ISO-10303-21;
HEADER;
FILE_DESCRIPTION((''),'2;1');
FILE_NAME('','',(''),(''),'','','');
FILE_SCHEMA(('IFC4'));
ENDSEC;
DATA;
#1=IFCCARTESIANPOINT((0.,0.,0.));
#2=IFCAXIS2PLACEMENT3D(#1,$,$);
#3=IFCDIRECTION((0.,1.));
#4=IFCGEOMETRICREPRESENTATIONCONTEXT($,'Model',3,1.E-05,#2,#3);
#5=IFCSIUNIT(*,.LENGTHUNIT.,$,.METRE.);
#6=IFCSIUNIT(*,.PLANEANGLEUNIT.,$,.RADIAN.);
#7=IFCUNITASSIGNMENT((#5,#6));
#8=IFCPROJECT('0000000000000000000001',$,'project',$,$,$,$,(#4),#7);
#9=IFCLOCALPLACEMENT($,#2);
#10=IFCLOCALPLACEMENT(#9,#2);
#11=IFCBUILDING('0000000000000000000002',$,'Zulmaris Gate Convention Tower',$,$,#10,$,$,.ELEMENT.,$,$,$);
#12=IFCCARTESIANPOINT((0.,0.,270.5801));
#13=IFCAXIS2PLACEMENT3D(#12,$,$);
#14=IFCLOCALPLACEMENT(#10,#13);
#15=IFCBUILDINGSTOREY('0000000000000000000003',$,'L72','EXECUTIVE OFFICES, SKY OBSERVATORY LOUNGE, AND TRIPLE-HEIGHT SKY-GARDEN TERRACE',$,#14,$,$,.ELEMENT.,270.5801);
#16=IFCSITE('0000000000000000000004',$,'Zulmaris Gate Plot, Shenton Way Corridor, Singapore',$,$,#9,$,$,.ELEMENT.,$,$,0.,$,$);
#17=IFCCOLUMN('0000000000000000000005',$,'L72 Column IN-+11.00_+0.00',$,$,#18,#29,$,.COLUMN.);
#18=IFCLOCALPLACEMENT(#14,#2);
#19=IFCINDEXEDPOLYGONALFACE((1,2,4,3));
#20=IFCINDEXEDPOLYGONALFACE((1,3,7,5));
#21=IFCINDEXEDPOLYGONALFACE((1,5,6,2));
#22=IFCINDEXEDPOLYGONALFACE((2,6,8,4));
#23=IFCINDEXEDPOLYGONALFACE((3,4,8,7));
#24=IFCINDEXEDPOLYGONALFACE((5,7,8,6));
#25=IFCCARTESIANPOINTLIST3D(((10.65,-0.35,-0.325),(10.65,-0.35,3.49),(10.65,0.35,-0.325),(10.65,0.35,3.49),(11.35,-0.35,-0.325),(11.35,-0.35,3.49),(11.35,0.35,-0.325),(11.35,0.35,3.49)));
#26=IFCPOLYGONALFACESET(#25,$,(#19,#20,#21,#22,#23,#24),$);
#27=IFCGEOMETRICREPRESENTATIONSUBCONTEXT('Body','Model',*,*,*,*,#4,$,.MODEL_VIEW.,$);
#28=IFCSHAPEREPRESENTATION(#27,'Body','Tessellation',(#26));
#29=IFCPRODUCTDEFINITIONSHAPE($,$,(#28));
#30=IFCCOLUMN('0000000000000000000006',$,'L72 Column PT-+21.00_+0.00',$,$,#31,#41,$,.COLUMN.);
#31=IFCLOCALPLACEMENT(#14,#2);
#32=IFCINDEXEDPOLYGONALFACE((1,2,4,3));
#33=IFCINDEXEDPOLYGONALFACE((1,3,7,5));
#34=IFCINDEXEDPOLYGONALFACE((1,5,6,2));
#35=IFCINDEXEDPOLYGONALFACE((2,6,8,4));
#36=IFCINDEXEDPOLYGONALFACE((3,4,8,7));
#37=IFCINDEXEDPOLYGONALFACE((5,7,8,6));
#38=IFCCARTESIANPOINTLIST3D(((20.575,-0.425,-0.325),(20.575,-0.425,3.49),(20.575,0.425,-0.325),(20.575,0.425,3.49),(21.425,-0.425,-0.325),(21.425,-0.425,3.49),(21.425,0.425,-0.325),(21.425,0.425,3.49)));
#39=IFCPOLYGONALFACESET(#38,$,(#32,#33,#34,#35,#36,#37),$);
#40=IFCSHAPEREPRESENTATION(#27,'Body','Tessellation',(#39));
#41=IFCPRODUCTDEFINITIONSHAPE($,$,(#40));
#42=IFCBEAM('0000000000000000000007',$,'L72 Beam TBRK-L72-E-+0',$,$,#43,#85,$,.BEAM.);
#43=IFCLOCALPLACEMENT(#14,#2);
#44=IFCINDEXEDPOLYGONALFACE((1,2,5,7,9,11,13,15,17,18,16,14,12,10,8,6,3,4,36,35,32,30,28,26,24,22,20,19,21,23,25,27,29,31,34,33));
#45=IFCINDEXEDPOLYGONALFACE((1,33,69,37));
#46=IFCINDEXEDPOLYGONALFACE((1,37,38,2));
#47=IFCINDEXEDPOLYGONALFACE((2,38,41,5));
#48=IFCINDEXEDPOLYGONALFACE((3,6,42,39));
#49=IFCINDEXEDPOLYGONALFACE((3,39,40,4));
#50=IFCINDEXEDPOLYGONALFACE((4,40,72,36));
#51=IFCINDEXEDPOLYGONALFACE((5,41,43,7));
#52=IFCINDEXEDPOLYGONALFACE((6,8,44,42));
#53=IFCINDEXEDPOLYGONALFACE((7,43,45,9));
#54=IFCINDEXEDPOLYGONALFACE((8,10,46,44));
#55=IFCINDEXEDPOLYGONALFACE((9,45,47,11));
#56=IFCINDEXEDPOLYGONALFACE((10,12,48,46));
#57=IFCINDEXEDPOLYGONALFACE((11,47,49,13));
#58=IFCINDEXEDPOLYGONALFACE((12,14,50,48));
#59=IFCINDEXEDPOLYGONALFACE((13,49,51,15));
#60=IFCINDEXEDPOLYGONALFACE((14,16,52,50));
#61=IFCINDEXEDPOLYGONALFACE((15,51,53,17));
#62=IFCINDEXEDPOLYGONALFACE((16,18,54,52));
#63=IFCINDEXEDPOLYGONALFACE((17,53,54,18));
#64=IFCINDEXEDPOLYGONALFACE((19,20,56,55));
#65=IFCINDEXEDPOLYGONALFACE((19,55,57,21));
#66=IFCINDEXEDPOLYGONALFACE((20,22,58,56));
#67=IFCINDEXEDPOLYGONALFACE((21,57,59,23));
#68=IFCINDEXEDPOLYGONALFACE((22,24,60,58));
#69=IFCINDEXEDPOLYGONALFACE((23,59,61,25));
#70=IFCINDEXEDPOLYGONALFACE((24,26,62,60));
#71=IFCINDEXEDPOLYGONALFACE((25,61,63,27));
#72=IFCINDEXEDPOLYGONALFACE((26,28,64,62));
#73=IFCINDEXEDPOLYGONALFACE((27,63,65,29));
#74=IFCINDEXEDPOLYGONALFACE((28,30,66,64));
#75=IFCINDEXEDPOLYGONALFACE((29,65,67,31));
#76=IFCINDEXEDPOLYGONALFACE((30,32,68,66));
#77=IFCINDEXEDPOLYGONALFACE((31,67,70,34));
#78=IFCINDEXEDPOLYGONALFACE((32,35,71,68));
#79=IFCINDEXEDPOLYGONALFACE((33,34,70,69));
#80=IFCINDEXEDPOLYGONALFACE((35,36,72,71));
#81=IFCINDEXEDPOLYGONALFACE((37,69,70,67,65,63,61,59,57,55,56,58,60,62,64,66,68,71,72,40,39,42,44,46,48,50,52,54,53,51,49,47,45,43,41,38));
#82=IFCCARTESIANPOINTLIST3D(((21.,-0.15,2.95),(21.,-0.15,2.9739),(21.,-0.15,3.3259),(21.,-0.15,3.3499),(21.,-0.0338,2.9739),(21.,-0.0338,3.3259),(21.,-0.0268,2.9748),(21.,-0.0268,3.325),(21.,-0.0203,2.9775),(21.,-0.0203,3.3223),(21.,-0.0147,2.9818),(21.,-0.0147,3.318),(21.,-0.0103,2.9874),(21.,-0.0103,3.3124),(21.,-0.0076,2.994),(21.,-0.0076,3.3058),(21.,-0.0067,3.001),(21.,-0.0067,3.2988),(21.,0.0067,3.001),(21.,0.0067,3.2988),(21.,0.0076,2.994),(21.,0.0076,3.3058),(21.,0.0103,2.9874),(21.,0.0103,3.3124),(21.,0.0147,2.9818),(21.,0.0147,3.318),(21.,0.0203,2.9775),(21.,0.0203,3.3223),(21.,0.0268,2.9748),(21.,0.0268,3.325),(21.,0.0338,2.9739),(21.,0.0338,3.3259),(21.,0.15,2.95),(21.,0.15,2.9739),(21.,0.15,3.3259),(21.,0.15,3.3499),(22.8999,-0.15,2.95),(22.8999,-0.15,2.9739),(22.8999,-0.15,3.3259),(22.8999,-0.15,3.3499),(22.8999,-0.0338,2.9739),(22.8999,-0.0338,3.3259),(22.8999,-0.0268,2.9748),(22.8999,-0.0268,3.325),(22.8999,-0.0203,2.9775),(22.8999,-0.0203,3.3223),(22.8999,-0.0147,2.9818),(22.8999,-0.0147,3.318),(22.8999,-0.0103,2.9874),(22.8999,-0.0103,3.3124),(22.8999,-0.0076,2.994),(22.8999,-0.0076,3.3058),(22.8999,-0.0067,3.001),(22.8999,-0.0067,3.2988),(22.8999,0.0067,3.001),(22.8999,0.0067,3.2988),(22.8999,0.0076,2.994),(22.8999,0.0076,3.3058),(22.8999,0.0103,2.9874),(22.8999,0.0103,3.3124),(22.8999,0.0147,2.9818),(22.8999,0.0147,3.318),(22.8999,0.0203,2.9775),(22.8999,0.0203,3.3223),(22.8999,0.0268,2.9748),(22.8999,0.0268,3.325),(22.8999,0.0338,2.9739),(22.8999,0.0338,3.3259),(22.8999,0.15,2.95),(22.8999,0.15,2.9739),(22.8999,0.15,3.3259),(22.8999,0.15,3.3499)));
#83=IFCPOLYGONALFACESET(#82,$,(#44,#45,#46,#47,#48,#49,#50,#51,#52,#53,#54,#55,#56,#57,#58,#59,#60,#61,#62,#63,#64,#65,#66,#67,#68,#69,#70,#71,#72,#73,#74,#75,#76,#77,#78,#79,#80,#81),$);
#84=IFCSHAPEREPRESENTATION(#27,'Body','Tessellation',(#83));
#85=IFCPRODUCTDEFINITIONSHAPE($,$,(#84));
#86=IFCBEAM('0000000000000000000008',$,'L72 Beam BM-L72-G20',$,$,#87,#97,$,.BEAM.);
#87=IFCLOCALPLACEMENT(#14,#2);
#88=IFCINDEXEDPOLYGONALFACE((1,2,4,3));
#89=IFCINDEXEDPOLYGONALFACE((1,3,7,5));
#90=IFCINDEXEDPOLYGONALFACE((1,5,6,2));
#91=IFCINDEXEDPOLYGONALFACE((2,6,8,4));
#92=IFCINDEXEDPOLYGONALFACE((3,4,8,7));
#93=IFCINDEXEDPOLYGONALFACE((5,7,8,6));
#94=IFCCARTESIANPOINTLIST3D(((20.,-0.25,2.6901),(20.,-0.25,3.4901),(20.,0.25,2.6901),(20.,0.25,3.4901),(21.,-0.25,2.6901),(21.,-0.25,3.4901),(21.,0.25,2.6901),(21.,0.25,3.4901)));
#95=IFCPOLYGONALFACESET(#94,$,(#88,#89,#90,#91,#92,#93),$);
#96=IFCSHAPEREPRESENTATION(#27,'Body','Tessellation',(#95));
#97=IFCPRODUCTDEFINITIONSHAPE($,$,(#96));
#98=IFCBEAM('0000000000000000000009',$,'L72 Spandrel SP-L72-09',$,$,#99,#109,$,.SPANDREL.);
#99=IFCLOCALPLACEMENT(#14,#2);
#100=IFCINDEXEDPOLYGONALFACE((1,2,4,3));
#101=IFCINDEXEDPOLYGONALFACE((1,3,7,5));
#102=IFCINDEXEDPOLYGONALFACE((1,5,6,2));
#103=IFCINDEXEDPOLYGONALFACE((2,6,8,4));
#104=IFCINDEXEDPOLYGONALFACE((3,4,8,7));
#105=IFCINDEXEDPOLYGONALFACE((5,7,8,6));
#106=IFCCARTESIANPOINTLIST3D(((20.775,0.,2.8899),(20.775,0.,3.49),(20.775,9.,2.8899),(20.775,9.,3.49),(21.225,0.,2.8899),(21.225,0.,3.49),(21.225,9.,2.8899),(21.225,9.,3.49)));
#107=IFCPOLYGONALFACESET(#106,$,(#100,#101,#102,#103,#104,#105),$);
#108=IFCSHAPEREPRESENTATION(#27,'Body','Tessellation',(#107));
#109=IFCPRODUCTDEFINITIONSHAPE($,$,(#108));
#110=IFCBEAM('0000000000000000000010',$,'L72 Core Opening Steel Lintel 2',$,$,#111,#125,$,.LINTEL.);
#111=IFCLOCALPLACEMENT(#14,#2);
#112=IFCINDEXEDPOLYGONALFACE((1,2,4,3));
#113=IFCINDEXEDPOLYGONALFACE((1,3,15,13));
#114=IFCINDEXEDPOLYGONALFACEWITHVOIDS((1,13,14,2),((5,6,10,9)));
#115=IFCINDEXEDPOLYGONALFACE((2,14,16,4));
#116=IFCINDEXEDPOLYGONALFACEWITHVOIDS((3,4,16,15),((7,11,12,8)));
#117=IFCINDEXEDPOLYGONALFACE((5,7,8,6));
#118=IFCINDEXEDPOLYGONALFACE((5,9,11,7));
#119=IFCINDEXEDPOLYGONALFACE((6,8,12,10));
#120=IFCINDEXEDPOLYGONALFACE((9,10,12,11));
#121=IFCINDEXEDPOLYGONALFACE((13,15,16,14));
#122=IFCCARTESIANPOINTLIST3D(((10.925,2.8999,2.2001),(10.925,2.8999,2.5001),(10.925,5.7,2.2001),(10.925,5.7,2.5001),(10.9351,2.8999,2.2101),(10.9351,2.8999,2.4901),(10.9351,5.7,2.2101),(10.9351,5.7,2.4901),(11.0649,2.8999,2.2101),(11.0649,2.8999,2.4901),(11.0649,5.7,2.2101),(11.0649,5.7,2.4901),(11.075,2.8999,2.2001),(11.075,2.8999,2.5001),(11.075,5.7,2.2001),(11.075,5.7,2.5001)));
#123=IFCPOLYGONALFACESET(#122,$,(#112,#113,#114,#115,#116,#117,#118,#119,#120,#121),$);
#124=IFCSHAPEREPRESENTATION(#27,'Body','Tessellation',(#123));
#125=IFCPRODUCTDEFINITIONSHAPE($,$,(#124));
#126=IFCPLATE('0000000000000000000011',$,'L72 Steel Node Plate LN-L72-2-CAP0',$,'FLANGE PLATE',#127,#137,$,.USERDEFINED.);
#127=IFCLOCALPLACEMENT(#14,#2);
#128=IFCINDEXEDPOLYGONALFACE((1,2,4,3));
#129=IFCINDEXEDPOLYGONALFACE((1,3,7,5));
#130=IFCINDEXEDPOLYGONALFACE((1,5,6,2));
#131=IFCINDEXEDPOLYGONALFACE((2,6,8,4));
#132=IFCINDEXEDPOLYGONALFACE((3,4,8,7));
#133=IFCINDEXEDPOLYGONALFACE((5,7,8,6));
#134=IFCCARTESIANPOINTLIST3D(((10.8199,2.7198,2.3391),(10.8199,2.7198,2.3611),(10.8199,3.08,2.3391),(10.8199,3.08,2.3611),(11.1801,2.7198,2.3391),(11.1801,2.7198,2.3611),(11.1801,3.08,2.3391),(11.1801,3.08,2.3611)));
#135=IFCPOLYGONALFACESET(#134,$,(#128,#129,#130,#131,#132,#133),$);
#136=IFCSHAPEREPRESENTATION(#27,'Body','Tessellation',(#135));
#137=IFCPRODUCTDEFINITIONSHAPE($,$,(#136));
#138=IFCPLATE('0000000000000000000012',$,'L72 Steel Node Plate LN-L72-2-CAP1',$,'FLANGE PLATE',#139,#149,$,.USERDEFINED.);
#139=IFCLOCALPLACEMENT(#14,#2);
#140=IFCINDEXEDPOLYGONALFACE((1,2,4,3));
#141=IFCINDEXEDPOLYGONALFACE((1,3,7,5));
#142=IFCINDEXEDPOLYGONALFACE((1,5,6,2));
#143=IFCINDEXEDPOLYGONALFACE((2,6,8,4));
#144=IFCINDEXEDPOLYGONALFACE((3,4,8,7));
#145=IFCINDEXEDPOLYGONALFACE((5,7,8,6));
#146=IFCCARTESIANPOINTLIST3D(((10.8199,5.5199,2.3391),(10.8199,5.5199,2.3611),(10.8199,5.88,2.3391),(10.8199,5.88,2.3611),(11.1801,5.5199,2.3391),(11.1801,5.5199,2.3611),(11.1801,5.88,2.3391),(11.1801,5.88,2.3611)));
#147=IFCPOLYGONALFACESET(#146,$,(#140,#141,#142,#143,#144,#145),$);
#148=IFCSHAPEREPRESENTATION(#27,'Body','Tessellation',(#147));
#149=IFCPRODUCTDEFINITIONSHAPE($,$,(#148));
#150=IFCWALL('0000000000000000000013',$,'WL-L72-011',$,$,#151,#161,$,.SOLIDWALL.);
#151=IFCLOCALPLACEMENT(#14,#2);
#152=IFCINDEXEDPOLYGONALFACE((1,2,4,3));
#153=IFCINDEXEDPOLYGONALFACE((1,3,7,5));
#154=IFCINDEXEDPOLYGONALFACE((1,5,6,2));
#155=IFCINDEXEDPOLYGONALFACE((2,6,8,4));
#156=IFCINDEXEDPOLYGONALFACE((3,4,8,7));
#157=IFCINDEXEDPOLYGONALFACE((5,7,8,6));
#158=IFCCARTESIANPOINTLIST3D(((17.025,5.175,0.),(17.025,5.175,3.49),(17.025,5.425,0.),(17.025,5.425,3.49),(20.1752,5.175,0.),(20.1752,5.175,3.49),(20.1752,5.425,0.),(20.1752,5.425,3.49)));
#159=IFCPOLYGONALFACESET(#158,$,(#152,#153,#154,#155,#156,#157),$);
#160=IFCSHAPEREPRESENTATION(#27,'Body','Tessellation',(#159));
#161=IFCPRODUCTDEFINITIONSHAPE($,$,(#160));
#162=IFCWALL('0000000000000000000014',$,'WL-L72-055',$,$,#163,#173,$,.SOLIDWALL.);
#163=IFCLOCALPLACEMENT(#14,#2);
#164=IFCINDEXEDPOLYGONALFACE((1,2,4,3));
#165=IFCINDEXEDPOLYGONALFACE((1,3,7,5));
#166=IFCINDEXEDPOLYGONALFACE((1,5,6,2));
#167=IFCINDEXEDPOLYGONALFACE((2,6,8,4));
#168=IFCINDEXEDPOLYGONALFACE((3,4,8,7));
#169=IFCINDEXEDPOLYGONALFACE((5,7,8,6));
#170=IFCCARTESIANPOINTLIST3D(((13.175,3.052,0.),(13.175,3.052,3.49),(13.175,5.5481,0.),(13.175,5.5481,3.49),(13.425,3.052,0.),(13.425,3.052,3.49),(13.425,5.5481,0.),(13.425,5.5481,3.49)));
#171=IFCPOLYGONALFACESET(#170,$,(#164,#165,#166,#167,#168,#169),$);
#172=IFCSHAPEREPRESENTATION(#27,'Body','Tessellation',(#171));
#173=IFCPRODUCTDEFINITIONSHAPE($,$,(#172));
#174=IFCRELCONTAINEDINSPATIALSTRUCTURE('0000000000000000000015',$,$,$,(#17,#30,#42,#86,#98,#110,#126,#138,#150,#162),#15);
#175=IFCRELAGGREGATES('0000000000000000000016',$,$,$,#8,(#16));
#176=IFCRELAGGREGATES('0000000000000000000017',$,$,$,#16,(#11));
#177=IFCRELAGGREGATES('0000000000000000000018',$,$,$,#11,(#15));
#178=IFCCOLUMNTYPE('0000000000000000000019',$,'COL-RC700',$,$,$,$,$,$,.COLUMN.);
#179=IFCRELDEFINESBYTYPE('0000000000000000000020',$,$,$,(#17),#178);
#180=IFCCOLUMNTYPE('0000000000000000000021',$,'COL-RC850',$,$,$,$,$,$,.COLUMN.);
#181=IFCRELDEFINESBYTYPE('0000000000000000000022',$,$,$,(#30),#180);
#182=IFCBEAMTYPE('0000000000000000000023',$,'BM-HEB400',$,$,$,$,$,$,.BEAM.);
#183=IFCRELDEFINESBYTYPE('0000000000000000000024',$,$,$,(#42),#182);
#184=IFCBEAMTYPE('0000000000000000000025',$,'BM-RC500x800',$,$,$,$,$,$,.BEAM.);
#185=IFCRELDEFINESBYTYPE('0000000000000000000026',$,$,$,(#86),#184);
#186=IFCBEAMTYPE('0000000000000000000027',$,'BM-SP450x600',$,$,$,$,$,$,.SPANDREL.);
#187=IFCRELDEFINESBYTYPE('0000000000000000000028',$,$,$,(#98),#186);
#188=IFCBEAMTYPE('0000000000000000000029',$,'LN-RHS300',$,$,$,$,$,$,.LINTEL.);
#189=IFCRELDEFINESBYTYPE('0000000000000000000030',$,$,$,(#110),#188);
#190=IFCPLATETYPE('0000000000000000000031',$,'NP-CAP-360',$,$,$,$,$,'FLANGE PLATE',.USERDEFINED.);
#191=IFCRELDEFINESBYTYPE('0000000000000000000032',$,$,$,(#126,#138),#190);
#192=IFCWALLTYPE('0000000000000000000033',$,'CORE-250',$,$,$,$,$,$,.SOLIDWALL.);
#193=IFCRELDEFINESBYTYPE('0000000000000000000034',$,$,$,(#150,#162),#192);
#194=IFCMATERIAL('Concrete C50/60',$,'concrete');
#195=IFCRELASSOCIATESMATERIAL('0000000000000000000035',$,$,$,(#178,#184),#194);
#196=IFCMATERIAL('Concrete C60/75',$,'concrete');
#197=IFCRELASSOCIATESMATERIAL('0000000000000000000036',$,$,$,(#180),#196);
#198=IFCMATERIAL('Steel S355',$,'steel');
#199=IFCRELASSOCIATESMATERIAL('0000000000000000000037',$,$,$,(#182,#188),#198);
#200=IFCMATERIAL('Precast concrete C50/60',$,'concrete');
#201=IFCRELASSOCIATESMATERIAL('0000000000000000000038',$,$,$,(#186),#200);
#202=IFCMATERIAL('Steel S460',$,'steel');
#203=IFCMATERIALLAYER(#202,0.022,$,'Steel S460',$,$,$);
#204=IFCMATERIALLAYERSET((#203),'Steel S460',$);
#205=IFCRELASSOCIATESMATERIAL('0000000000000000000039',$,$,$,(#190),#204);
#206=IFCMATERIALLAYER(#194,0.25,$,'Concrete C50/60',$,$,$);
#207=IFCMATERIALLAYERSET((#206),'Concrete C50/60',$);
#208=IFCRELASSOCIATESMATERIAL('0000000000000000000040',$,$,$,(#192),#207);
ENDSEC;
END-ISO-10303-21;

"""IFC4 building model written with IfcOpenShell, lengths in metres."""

from ifc_helpers import new_model, si_unit, direction, frame, frame_2d, origin, origin_2d, place, context, subcontext, project, spatial, rectangle, hollow_rectangle, i_section, extrude, material, layer, layer_set, material_profile, profile_set, type_object, element, save


model = new_model("IFC4")

# Units and contexts
model_context = context("Model", 3, precision=1e-05, world=origin(), true_north=direction((0.0, 1.0)))
body_context = subcontext(model_context, "Body", "Model", "MODEL_VIEW")
ifc_project = project(units=[si_unit("LENGTHUNIT", "METRE"), si_unit("PLANEANGLEUNIT", "RADIAN")], contexts=[model_context])

# Site, building, storey
site_placement = place(None, origin())
site = spatial("IfcSite", under=ifc_project, at=site_placement, Name="Zulmaris Gate Plot, Shenton Way Corridor, Singapore", CompositionType="ELEMENT", RefElevation=0.0)
building_placement = place(site_placement, origin())
building = spatial("IfcBuilding", under=site, at=building_placement, Name="Zulmaris Gate Convention Tower", CompositionType="ELEMENT")
storey_placement = place(building_placement, frame((0.0, 0.0, 270.5801)))
storey = spatial("IfcBuildingStorey", under=building, at=storey_placement, Name="L72", Description="EXECUTIVE OFFICES, SKY OBSERVATORY LOUNGE, AND TRIPLE-HEIGHT SKY-GARDEN TERRACE", CompositionType="ELEMENT", Elevation=270.5801)

# Columns
ifc_material_1 = material(Name="Concrete C50/60", Category="concrete")
ifc_material_profile_1 = material_profile(ifc_material_1, rectangle(XDim=0.7, YDim=0.7, at=origin_2d()), Name="RC COL 700x700")
ifc_profile_set_1 = profile_set([ifc_material_profile_1], Name="Concrete C50/60")
column_type_1 = type_object("IfcColumnType", Name="COL-RC700", PredefinedType="COLUMN", material=ifc_profile_set_1)
column_1_placement = place(storey_placement, frame((11.0, 0.0, -0.325), z_axis=(0.0, 0.0, 1.0), x_axis=(1.0, 0.0, 0.0)))
element("IfcColumn", 1, at=column_1_placement, inside=storey, type_object=column_type_1, Name="L72 Column IN-+11.00_+0.00", PredefinedType="COLUMN", context=body_context, shape_type="SweptSolid", body=[
    extrude(rectangle(XDim=0.7, YDim=0.7, at=origin_2d()), origin(), (0.0, 0.0, 1.0), 3.8149),
])
ifc_material_2 = material(Name="Concrete C60/75", Category="concrete")
ifc_material_profile_2 = material_profile(ifc_material_2, rectangle(XDim=0.8501, YDim=0.8501, at=origin_2d()), Name="RC COL 850x850")
ifc_profile_set_2 = profile_set([ifc_material_profile_2], Name="Concrete C60/75")
column_type_2 = type_object("IfcColumnType", Name="COL-RC850", PredefinedType="COLUMN", material=ifc_profile_set_2)
column_2_placement = place(storey_placement, frame((21.0, 0.0, -0.325), z_axis=(0.0, 0.0, 1.0), x_axis=(1.0, 0.0, 0.0)))
element("IfcColumn", 2, at=column_2_placement, inside=storey, type_object=column_type_2, Name="L72 Column PT-+21.00_+0.00", PredefinedType="COLUMN", context=body_context, shape_type="SweptSolid", body=[
    extrude(rectangle(XDim=0.8501, YDim=0.8501, at=origin_2d()), origin(), (0.0, 0.0, 1.0), 3.8149),
])

# Beams
ifc_material_3 = material(Name="Steel S355", Category="steel")
ifc_material_profile_3 = material_profile(ifc_material_3, i_section(OverallWidth=0.3, OverallDepth=0.3999, WebThickness=0.0134, FlangeThickness=0.0239, FilletRadius=0.0271, at=origin_2d()), Name="HEB 400")
ifc_profile_set_3 = profile_set([ifc_material_profile_3], Name="Steel S355")
beam_type_1 = type_object("IfcBeamType", Name="BM-HEB400", PredefinedType="BEAM", material=ifc_profile_set_3)
beam_1_placement = place(storey_placement, frame((21.0, 0.0, 3.1499), z_axis=(1.0, 0.0, 0.0), x_axis=(0.0, 1.0, 0.0)))
element("IfcBeam", 3, at=beam_1_placement, inside=storey, type_object=beam_type_1, Name="L72 Beam TBRK-L72-E-+0", PredefinedType="BEAM", context=body_context, shape_type="SweptSolid", body=[
    extrude(i_section(OverallWidth=0.3, OverallDepth=0.3999, WebThickness=0.0134, FlangeThickness=0.0239, FilletRadius=0.0271, at=origin_2d()), origin(), (0.0, 0.0, 1.0), 1.8999),
])
ifc_material_profile_4 = material_profile(ifc_material_1, rectangle(XDim=0.5, YDim=0.8, at=origin_2d()), Name="RC BEAM 500x800")
ifc_profile_set_4 = profile_set([ifc_material_profile_4], Name="Concrete C50/60")
beam_type_2 = type_object("IfcBeamType", Name="BM-RC500x800", PredefinedType="BEAM", material=ifc_profile_set_4)
beam_2_placement = place(storey_placement, frame((20.0, 0.0, 3.0901), z_axis=(1.0, 0.0, 0.0), x_axis=(0.0, 1.0, 0.0)))
element("IfcBeam", 4, at=beam_2_placement, inside=storey, type_object=beam_type_2, Name="L72 Beam BM-L72-G20", PredefinedType="BEAM", context=body_context, shape_type="SweptSolid", body=[
    extrude(rectangle(XDim=0.5, YDim=0.8, at=origin_2d()), origin(), (0.0, 0.0, 1.0), 1.0),
])
ifc_material_4 = material(Name="Precast concrete C50/60", Category="concrete")
ifc_material_profile_5 = material_profile(ifc_material_4, rectangle(XDim=0.45, YDim=0.6001, at=origin_2d()), Name="RC SPANDREL 450x600")
ifc_profile_set_5 = profile_set([ifc_material_profile_5], Name="Precast concrete C50/60")
beam_type_3 = type_object("IfcBeamType", Name="BM-SP450x600", PredefinedType="SPANDREL", material=ifc_profile_set_5)
beam_3_placement = place(storey_placement, frame((21.0, 0.0, 3.1899), z_axis=(0.0, 1.0, 0.0), x_axis=(-1.0, 0.0, 0.0)))
element("IfcBeam", 5, at=beam_3_placement, inside=storey, type_object=beam_type_3, Name="L72 Spandrel SP-L72-09", PredefinedType="SPANDREL", context=body_context, shape_type="SweptSolid", body=[
    extrude(rectangle(XDim=0.45, YDim=0.6001, at=origin_2d()), origin(), (0.0, 0.0, 1.0), 9.0),
])
ifc_material_profile_6 = material_profile(ifc_material_3, hollow_rectangle(XDim=0.1499, YDim=0.3, WallThickness=0.01, at=origin_2d()), Name="RHS 300x150x10")
ifc_profile_set_6 = profile_set([ifc_material_profile_6], Name="Steel S355")
beam_type_4 = type_object("IfcBeamType", Name="LN-RHS300", PredefinedType="LINTEL", material=ifc_profile_set_6)
beam_4_placement = place(storey_placement, frame((11.0, 2.8999, 2.3501), z_axis=(0.0, 1.0, 0.0), x_axis=(-1.0, 0.0, 0.0)))
element("IfcBeam", 6, at=beam_4_placement, inside=storey, type_object=beam_type_4, Name="L72 Core Opening Steel Lintel 2", PredefinedType="LINTEL", context=body_context, shape_type="SweptSolid", body=[
    extrude(hollow_rectangle(XDim=0.1499, YDim=0.3, WallThickness=0.01, at=origin_2d()), origin(), (0.0, 0.0, 1.0), 2.8),
])

# Plates
ifc_material_5 = material(Name="Steel S460", Category="steel")
ifc_layer_1 = layer(ifc_material_5, 0.022, Name="Steel S460")
ifc_layer_set_1 = layer_set([ifc_layer_1], Name="Steel S460")
plate_type = type_object("IfcPlateType", Name="NP-CAP-360", ElementType="FLANGE PLATE", PredefinedType="USERDEFINED", material=ifc_layer_set_1)
for number, where, z_axis, x_axis, name in (
    (7, (11.0, 2.8999, 2.3391), (0.0, 0.0, 1.0), (1.0, 0.0, 0.0), "L72 Steel Node Plate LN-L72-2-CAP0"),
    (8, (11.0, 5.7, 2.3391), (0.0, 0.0, 1.0), (1.0, 0.0, 0.0), "L72 Steel Node Plate LN-L72-2-CAP1"),
):
    element("IfcPlate", number, at=place(storey_placement, frame(where, z_axis=z_axis, x_axis=x_axis)), inside=storey, type_object=plate_type, Name=name, ObjectType="FLANGE PLATE", PredefinedType="USERDEFINED", context=body_context, shape_type="SweptSolid", body=[
        extrude(rectangle(XDim=0.3601, YDim=0.3601, at=origin_2d()), origin(), (0.0, 0.0, 1.0), 0.022),
    ])

# Walls
ifc_layer_2 = layer(ifc_material_1, 0.25, Name="Concrete C50/60")
ifc_layer_set_2 = layer_set([ifc_layer_2], Name="Concrete C50/60")
wall_type_1 = type_object("IfcWallType", Name="CORE-250", PredefinedType="SOLIDWALL", material=ifc_layer_set_2)
wall_1_placement = place(storey_placement, frame((17.0249, 5.3, 0.0), z_axis=(0.0, 0.0, 1.0), x_axis=(1.0, 0.0, 0.0)))
element("IfcWall", 9, at=wall_1_placement, inside=storey, type_object=wall_type_1, Name="WL-L72-011", PredefinedType="SOLIDWALL", context=body_context, shape_type="SweptSolid", body=[
    extrude(rectangle(XDim=3.1501, YDim=0.25, at=frame_2d((1.5752, 0.0))), origin(), (0.0, 0.0, 1.0), 3.49),
])
wall_2_placement = place(storey_placement, frame((13.3, 3.052, 0.0), z_axis=(0.0, 0.0, 1.0), x_axis=(0.0, 1.0, 0.0)))
element("IfcWall", 10, at=wall_2_placement, inside=storey, type_object=wall_type_1, Name="WL-L72-055", PredefinedType="SOLIDWALL", context=body_context, shape_type="SweptSolid", body=[
    extrude(rectangle(XDim=2.4961, YDim=0.25, at=frame_2d((1.248, 0.0))), origin(), (0.0, 0.0, 1.0), 3.49),
])

save(model, "model.ifc")
